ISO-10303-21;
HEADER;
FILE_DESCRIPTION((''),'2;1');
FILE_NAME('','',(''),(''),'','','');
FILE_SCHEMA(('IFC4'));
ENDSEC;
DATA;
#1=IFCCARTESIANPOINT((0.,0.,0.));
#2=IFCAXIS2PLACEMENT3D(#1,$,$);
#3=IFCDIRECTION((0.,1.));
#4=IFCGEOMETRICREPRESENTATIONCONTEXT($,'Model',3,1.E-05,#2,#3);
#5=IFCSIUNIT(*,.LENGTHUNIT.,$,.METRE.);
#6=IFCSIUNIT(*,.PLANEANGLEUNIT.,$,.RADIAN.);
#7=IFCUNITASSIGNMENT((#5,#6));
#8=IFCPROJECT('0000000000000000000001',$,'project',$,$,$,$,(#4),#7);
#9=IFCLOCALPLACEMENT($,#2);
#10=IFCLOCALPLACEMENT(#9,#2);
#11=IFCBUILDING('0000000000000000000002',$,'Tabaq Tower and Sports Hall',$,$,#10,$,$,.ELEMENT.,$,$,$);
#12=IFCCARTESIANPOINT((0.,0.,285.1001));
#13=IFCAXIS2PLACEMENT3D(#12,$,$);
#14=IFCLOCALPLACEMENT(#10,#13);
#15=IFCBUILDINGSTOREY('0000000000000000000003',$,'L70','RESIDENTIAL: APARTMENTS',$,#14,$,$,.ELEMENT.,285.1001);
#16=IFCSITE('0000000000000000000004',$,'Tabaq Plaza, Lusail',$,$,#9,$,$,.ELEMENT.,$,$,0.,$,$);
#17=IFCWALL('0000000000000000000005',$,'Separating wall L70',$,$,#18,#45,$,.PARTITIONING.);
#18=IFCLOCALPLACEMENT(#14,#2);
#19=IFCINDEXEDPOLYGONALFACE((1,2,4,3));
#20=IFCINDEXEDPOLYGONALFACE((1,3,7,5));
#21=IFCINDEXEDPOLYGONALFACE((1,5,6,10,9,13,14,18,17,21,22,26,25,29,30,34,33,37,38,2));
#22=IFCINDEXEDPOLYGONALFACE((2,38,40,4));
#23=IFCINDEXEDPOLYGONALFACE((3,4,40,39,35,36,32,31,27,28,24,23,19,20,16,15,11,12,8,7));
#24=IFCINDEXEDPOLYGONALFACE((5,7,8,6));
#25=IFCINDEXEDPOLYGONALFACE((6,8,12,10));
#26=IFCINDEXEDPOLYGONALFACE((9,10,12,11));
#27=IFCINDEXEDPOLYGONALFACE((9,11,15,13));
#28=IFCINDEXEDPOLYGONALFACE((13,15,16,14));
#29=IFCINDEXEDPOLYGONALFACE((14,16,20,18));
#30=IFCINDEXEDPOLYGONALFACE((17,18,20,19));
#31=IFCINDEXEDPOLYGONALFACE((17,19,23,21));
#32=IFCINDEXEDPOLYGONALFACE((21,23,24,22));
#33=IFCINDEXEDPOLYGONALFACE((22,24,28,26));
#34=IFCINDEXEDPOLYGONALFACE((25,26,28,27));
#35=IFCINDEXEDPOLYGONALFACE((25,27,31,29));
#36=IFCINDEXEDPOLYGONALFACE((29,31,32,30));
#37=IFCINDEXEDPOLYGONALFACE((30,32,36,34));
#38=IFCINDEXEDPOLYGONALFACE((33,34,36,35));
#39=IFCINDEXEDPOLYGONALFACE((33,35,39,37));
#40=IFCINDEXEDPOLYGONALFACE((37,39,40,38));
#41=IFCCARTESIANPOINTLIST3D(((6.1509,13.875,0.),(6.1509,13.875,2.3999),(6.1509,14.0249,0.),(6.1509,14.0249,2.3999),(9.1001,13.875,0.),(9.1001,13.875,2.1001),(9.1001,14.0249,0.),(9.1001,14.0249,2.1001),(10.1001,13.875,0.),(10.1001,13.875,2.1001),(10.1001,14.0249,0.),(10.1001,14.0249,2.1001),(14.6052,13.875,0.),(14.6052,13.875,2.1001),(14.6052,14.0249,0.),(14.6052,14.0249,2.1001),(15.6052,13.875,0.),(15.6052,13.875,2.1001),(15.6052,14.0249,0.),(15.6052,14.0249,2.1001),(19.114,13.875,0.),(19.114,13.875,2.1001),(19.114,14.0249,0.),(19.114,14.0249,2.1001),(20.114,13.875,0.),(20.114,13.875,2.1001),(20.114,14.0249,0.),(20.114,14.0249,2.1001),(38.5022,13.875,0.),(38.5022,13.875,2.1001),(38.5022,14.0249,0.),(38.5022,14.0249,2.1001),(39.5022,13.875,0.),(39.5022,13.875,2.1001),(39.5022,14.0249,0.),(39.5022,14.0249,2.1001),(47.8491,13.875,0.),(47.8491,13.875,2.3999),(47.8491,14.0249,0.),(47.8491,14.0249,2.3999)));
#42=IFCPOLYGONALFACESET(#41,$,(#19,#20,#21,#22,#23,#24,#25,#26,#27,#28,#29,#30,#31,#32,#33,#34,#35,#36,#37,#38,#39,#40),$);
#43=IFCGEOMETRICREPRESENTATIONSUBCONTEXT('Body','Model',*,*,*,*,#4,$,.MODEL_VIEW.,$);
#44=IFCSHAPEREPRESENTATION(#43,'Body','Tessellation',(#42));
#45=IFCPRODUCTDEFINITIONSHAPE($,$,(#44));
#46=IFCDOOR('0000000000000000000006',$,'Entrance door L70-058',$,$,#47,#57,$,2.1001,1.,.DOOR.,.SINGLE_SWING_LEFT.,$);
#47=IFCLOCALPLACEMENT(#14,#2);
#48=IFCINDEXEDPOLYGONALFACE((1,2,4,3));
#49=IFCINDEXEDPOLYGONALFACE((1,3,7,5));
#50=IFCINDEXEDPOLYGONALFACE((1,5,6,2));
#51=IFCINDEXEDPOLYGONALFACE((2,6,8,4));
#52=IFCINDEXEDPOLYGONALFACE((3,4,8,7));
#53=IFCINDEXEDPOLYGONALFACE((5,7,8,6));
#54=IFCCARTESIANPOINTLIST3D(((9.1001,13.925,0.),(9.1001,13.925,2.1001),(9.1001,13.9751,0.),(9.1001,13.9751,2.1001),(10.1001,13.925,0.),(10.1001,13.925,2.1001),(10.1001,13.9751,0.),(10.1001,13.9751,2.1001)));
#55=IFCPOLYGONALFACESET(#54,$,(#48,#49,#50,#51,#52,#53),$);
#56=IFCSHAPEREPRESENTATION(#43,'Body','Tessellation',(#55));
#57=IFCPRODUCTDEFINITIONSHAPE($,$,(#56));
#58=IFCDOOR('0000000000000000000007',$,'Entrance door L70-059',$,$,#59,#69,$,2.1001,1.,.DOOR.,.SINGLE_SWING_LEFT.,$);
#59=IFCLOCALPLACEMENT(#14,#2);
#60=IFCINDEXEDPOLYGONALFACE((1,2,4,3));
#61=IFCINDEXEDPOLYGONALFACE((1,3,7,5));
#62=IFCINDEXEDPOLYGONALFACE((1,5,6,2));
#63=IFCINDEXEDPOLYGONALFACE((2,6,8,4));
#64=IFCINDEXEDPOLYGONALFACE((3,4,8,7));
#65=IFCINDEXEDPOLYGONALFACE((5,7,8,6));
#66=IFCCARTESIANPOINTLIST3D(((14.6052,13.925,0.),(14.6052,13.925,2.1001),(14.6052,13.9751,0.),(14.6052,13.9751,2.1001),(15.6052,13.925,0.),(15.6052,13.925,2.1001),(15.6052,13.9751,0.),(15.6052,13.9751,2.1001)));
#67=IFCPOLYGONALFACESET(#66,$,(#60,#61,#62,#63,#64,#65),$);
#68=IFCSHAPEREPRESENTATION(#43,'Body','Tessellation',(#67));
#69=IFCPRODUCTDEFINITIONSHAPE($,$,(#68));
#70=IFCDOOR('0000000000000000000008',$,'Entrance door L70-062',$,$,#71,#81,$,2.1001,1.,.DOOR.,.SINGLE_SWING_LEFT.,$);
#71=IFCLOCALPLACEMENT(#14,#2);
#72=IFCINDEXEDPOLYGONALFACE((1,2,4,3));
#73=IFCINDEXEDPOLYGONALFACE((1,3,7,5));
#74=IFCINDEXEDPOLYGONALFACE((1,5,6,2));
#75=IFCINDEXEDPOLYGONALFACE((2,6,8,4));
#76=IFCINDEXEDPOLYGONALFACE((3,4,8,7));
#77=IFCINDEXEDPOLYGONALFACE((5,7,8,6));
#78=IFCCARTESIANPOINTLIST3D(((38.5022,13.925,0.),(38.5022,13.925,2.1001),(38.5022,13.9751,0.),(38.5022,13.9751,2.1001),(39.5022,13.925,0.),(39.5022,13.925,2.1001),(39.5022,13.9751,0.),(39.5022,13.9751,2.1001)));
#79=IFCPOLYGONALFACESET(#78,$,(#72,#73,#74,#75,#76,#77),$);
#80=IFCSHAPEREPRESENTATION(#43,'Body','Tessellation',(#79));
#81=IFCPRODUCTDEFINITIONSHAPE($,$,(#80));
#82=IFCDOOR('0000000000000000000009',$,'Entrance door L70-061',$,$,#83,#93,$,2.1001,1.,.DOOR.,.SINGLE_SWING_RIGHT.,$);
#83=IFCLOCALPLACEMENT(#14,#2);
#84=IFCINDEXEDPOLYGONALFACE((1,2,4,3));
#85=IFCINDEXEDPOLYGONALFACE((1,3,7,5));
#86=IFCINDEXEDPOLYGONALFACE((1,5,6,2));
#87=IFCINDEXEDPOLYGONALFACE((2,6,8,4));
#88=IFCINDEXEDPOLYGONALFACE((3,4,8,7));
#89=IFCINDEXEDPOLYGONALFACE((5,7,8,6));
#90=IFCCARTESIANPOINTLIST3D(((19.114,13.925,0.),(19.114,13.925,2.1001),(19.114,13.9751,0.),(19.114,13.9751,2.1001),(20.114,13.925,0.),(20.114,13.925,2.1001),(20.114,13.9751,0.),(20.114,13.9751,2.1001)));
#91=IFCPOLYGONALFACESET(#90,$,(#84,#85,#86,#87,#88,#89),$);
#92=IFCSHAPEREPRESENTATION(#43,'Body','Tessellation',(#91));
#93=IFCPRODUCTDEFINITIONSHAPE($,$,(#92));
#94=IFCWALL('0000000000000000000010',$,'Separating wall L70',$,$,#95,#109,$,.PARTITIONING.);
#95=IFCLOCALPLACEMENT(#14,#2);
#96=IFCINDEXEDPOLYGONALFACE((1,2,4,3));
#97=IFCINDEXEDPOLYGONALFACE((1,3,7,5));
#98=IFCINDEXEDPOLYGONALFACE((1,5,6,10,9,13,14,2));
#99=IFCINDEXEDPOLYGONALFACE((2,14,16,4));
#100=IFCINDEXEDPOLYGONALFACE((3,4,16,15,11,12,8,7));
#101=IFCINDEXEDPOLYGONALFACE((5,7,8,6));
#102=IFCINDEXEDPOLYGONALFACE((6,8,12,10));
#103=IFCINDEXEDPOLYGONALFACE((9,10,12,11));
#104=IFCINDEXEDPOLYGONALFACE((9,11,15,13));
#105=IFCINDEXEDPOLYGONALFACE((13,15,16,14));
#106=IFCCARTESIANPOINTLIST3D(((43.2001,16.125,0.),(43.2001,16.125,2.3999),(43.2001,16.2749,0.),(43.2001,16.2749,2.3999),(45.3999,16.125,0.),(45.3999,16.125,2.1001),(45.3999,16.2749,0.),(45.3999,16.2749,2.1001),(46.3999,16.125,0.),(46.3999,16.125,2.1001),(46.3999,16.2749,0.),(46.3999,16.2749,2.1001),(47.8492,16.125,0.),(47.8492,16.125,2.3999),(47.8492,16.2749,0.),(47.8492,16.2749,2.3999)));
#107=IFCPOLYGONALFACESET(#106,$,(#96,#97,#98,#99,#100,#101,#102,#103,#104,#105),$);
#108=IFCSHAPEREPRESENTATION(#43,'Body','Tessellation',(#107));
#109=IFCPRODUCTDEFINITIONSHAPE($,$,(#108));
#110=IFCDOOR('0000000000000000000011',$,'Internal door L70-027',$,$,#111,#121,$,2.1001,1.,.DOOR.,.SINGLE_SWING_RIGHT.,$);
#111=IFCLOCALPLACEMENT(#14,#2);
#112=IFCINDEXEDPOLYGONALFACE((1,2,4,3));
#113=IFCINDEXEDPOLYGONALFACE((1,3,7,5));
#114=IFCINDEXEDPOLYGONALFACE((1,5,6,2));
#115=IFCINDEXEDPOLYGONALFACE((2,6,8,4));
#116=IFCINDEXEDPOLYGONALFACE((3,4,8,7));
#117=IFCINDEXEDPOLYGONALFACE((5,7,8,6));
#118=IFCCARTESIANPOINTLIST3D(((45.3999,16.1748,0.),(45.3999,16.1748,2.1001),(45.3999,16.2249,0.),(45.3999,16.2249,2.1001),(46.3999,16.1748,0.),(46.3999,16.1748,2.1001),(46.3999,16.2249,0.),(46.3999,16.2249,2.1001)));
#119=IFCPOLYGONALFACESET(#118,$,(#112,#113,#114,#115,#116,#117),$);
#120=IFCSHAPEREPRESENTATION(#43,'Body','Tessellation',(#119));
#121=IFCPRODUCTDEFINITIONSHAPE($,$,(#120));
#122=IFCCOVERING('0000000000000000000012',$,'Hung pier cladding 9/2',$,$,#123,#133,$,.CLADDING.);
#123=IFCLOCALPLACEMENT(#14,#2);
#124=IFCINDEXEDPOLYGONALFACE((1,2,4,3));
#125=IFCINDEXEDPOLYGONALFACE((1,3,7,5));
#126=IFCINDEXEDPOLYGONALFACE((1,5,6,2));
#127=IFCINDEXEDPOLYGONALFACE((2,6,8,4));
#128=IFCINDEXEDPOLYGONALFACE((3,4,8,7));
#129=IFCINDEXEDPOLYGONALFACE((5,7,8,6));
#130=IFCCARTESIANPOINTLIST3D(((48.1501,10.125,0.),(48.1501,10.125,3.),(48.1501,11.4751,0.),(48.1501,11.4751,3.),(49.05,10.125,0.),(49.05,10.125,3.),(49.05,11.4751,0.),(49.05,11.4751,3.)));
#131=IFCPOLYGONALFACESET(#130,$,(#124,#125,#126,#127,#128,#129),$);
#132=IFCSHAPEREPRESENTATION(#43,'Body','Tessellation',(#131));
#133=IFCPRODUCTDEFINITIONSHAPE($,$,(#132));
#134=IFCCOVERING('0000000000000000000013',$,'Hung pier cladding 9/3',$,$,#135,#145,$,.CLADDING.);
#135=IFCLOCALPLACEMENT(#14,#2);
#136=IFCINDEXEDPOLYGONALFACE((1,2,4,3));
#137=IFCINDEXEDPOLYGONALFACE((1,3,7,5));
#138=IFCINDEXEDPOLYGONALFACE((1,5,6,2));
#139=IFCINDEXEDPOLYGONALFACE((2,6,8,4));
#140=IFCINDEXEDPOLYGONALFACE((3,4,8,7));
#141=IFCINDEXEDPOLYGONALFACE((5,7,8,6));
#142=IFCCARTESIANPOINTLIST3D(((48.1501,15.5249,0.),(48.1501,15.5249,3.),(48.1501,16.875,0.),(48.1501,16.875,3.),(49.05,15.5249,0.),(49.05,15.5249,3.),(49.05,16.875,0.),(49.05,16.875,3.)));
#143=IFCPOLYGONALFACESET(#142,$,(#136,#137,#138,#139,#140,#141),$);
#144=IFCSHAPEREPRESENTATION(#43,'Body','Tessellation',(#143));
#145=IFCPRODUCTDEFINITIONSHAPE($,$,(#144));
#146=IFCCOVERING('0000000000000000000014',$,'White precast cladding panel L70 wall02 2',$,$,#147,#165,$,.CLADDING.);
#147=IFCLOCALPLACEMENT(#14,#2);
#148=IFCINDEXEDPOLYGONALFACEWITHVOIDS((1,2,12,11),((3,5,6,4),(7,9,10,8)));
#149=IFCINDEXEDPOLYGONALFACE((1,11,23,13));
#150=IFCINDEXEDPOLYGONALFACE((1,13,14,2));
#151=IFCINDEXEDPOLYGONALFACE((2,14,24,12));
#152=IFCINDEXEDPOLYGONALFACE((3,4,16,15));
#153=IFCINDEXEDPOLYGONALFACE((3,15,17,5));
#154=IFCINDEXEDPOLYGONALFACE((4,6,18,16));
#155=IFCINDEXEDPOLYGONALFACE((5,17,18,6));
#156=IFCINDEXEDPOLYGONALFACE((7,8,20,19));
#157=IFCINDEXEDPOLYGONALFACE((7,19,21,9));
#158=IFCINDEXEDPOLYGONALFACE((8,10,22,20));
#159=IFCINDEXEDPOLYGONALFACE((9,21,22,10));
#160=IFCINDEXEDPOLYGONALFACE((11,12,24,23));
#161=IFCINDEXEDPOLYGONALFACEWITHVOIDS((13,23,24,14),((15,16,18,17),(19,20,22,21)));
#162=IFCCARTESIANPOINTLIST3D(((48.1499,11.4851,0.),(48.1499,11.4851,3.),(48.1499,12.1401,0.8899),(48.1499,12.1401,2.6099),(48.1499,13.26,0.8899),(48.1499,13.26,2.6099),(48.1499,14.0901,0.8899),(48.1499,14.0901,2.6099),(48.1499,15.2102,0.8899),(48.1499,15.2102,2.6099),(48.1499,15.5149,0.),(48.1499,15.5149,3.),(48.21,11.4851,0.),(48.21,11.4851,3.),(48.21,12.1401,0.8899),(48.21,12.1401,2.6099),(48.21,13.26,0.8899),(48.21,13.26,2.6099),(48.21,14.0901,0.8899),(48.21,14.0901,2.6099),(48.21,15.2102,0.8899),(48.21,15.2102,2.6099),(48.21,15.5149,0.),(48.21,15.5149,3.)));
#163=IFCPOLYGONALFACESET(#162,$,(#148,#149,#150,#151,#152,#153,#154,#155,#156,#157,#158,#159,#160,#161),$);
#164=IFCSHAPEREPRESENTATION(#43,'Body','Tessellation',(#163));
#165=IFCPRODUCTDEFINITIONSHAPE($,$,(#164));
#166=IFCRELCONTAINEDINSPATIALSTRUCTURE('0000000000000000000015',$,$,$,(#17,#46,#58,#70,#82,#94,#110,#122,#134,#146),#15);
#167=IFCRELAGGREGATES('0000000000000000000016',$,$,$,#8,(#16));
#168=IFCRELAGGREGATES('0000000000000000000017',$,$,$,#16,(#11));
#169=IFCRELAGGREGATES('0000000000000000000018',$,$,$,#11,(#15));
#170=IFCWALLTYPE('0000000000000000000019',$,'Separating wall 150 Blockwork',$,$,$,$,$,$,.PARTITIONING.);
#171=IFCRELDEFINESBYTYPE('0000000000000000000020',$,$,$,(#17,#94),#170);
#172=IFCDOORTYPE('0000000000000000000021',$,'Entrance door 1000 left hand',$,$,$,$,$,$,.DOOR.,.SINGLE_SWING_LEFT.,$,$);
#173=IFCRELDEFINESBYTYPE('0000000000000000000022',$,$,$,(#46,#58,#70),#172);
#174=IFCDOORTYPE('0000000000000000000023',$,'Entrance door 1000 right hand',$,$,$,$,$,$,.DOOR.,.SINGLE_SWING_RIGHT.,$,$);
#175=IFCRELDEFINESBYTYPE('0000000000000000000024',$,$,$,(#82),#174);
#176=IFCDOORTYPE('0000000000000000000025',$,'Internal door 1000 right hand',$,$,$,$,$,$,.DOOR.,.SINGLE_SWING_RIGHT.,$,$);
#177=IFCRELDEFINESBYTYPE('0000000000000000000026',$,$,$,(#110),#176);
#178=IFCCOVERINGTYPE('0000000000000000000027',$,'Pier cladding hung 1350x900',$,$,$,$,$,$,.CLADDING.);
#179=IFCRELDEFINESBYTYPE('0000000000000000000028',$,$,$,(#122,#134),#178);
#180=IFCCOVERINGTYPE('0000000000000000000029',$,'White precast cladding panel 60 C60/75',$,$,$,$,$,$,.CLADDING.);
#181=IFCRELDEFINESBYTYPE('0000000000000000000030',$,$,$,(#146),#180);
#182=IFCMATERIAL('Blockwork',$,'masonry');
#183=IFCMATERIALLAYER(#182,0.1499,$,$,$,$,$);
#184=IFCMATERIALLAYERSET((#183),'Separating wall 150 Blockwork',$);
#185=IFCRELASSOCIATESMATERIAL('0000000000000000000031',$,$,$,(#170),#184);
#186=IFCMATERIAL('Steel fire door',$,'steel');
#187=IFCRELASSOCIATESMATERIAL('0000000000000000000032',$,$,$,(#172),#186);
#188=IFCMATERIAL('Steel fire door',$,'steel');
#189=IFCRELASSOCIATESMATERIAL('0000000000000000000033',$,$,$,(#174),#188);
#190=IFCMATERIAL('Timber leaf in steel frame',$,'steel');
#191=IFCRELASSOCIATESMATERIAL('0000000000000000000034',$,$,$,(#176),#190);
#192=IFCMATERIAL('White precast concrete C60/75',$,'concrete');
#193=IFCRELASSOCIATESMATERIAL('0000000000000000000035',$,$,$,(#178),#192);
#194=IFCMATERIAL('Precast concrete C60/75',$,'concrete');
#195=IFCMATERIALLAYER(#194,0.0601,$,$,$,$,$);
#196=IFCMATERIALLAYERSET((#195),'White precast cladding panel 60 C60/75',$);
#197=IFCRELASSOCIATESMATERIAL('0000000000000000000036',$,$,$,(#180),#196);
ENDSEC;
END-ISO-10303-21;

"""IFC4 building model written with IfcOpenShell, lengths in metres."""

from ifc_helpers import new_model, si_unit, direction, frame, frame_2d, origin, place, context, subcontext, project, spatial, polyline, rectangle, outline, extrude, material, layer, layer_set, type_object, element, fill, save


model = new_model("IFC4")

# Units and contexts
model_context = context("Model", 3, precision=1e-05, world=origin(), true_north=direction((0.0, 1.0)))
body_context = subcontext(model_context, "Body", "Model", "MODEL_VIEW")
ifc_project = project(units=[si_unit("LENGTHUNIT", "METRE"), si_unit("PLANEANGLEUNIT", "RADIAN")], contexts=[model_context])

# Site, building, storey
site_placement = place(None, origin())
site = spatial("IfcSite", under=ifc_project, at=site_placement, Name="Tabaq Plaza, Lusail", CompositionType="ELEMENT", RefElevation=0.0)
building_placement = place(site_placement, origin())
building = spatial("IfcBuilding", under=site, at=building_placement, Name="Tabaq Tower and Sports Hall", CompositionType="ELEMENT")
storey_placement = place(building_placement, frame((0.0, 0.0, 285.1001)))
storey = spatial("IfcBuildingStorey", under=building, at=storey_placement, Name="L70", Description="RESIDENTIAL: APARTMENTS", CompositionType="ELEMENT", Elevation=285.1001)

# Wall, openings, doors
ifc_material_1 = material(Name="Blockwork", Category="masonry")
ifc_layer_1 = layer(ifc_material_1, 0.1499)
ifc_layer_set_1 = layer_set([ifc_layer_1], Name="Separating wall 150 Blockwork")
wall_type_1 = type_object("IfcWallType", Name="Separating wall 150 Blockwork", PredefinedType="PARTITIONING", material=ifc_layer_set_1)
wall_1_placement = place(storey_placement, frame((47.8491, 13.95, 0.0), z_axis=(0.0, 0.0, 1.0), x_axis=(-1.0, 0.0, 0.0)))
wall_1 = element("IfcWall", 1, at=wall_1_placement, inside=storey, type_object=wall_type_1, Name="Separating wall L70", PredefinedType="PARTITIONING", context=body_context, shape_type="SweptSolid", body=[
    extrude(rectangle(XDim=41.6982, YDim=0.1499, at=frame_2d((20.8491, 0.0))), origin(), (0.0, 0.0, 1.0), 2.3999),
])
opening_1_placement = place(wall_1_placement, frame((37.749, 0.0, 0.0)))
opening_1 = element("IfcOpeningElement", 2, at=opening_1_placement, cuts=wall_1, PredefinedType="OPENING", context=body_context, shape_type="SweptSolid", body=[
    extrude(rectangle(XDim=1.0, YDim=2.1001, at=frame_2d((0.5, 1.05))), frame((0.0, 0.075, 0.0), z_axis=(0.0, -1.0, 0.0), x_axis=(1.0, 0.0, 0.0)), (0.0, 0.0, 1.0), 0.1499),
])
opening_2_placement = place(wall_1_placement, frame((32.2439, 0.0, 0.0)))
opening_2 = element("IfcOpeningElement", 3, at=opening_2_placement, cuts=wall_1, PredefinedType="OPENING", context=body_context, shape_type="SweptSolid", body=[
    extrude(rectangle(XDim=1.0, YDim=2.1001, at=frame_2d((0.5, 1.05))), frame((0.0, 0.075, 0.0), z_axis=(0.0, -1.0, 0.0), x_axis=(1.0, 0.0, 0.0)), (0.0, 0.0, 1.0), 0.1499),
])
opening_3_placement = place(wall_1_placement, frame((27.7351, 0.0, 0.0)))
opening_3 = element("IfcOpeningElement", 4, at=opening_3_placement, cuts=wall_1, PredefinedType="OPENING", context=body_context, shape_type="SweptSolid", body=[
    extrude(rectangle(XDim=1.0, YDim=2.1001, at=frame_2d((0.5, 1.05))), frame((0.0, 0.075, 0.0), z_axis=(0.0, -1.0, 0.0), x_axis=(1.0, 0.0, 0.0)), (0.0, 0.0, 1.0), 0.1499),
])
opening_4_placement = place(wall_1_placement, frame((8.3469, 0.0, 0.0)))
opening_4 = element("IfcOpeningElement", 5, at=opening_4_placement, cuts=wall_1, PredefinedType="OPENING", context=body_context, shape_type="SweptSolid", body=[
    extrude(rectangle(XDim=1.0, YDim=2.1001, at=frame_2d((0.5, 1.05))), frame((0.0, 0.075, 0.0), z_axis=(0.0, -1.0, 0.0), x_axis=(1.0, 0.0, 0.0)), (0.0, 0.0, 1.0), 0.1499),
])
ifc_material_2 = material(Name="Steel fire door", Category="steel")
door_type_1 = type_object("IfcDoorType", Name="Entrance door 1000 left hand", OperationType="SINGLE_SWING_LEFT", PredefinedType="DOOR", material=ifc_material_2)
door_1_placement = place(opening_1_placement, origin())
door_1 = element("IfcDoor", 6, at=door_1_placement, inside=storey, type_object=door_type_1, Name="Entrance door L70-058", OperationType="SINGLE_SWING_LEFT", OverallHeight=2.1001, OverallWidth=1.0, PredefinedType="DOOR", context=body_context, shape_type="SweptSolid", body=[
    extrude(rectangle(XDim=1.0, YDim=2.1001, at=frame_2d((0.5, 1.05))), frame((0.0, 0.0249, 0.0), z_axis=(0.0, -1.0, 0.0), x_axis=(1.0, 0.0, 0.0)), (0.0, 0.0, 1.0), 0.05),
])
fill(opening_1, door_1)
door_2_placement = place(opening_2_placement, origin())
door_2 = element("IfcDoor", 7, at=door_2_placement, inside=storey, type_object=door_type_1, Name="Entrance door L70-059", OperationType="SINGLE_SWING_LEFT", OverallHeight=2.1001, OverallWidth=1.0, PredefinedType="DOOR", context=body_context, shape_type="SweptSolid", body=[
    extrude(rectangle(XDim=1.0, YDim=2.1001, at=frame_2d((0.5, 1.05))), frame((0.0, 0.0249, 0.0), z_axis=(0.0, -1.0, 0.0), x_axis=(1.0, 0.0, 0.0)), (0.0, 0.0, 1.0), 0.05),
])
fill(opening_2, door_2)
door_3_placement = place(opening_4_placement, origin())
door_3 = element("IfcDoor", 8, at=door_3_placement, inside=storey, type_object=door_type_1, Name="Entrance door L70-062", OperationType="SINGLE_SWING_LEFT", OverallHeight=2.1001, OverallWidth=1.0, PredefinedType="DOOR", context=body_context, shape_type="SweptSolid", body=[
    extrude(rectangle(XDim=1.0, YDim=2.1001, at=frame_2d((0.5, 1.05))), frame((0.0, 0.0249, 0.0), z_axis=(0.0, -1.0, 0.0), x_axis=(1.0, 0.0, 0.0)), (0.0, 0.0, 1.0), 0.05),
])
fill(opening_4, door_3)
ifc_material_3 = material(Name="Steel fire door", Category="steel")
door_type_2 = type_object("IfcDoorType", Name="Entrance door 1000 right hand", OperationType="SINGLE_SWING_RIGHT", PredefinedType="DOOR", material=ifc_material_3)
door_4_placement = place(opening_3_placement, origin())
door_4 = element("IfcDoor", 9, at=door_4_placement, inside=storey, type_object=door_type_2, Name="Entrance door L70-061", OperationType="SINGLE_SWING_RIGHT", OverallHeight=2.1001, OverallWidth=1.0, PredefinedType="DOOR", context=body_context, shape_type="SweptSolid", body=[
    extrude(rectangle(XDim=1.0, YDim=2.1001, at=frame_2d((0.5, 1.05))), frame((0.0, 0.0249, 0.0), z_axis=(0.0, -1.0, 0.0), x_axis=(1.0, 0.0, 0.0)), (0.0, 0.0, 1.0), 0.05),
])
fill(opening_3, door_4)

# Wall, opening, door
wall_2_placement = place(storey_placement, frame((43.2, 16.2, 0.0), z_axis=(0.0, 0.0, 1.0), x_axis=(1.0, 0.0, 0.0)))
wall_2 = element("IfcWall", 10, at=wall_2_placement, inside=storey, type_object=wall_type_1, Name="Separating wall L70", PredefinedType="PARTITIONING", context=body_context, shape_type="SweptSolid", body=[
    extrude(rectangle(XDim=4.6492, YDim=0.1499, at=frame_2d((2.3247, 0.0))), origin(), (0.0, 0.0, 1.0), 2.3999),
])
opening_5_placement = place(wall_2_placement, frame((2.2, 0.0, 0.0)))
opening_5 = element("IfcOpeningElement", 11, at=opening_5_placement, cuts=wall_2, PredefinedType="OPENING", context=body_context, shape_type="SweptSolid", body=[
    extrude(rectangle(XDim=1.0, YDim=2.1001, at=frame_2d((0.5, 1.05))), frame((0.0, 0.075, 0.0), z_axis=(0.0, -1.0, 0.0), x_axis=(1.0, 0.0, 0.0)), (0.0, 0.0, 1.0), 0.1499),
])
ifc_material_4 = material(Name="Timber leaf in steel frame", Category="steel")
door_type_3 = type_object("IfcDoorType", Name="Internal door 1000 right hand", OperationType="SINGLE_SWING_RIGHT", PredefinedType="DOOR", material=ifc_material_4)
door_5_placement = place(opening_5_placement, origin())
door_5 = element("IfcDoor", 12, at=door_5_placement, inside=storey, type_object=door_type_3, Name="Internal door L70-027", OperationType="SINGLE_SWING_RIGHT", OverallHeight=2.1001, OverallWidth=1.0, PredefinedType="DOOR", context=body_context, shape_type="SweptSolid", body=[
    extrude(rectangle(XDim=1.0, YDim=2.1001, at=frame_2d((0.5, 1.05))), frame((0.0, 0.0249, 0.0), z_axis=(0.0, -1.0, 0.0), x_axis=(1.0, 0.0, 0.0)), (0.0, 0.0, 1.0), 0.05),
])
fill(opening_5, door_5)

# Coverings
ifc_material_5 = material(Name="White precast concrete C60/75", Category="concrete")
covering_type_1 = type_object("IfcCoveringType", Name="Pier cladding hung 1350x900", PredefinedType="CLADDING", material=ifc_material_5)
for number, where, z_axis, x_axis, name in (
    (13, (48.6001, 10.125, 0.0), (0.0, 0.0, 1.0), (0.0, 1.0, 0.0), "Hung pier cladding 9/2"),
    (14, (48.6001, 15.5249, 0.0), (0.0, 0.0, 1.0), (0.0, 1.0, 0.0), "Hung pier cladding 9/3"),
):
    element("IfcCovering", number, at=place(storey_placement, frame(where, z_axis=z_axis, x_axis=x_axis)), inside=storey, type_object=covering_type_1, Name=name, PredefinedType="CLADDING", context=body_context, shape_type="SweptSolid", body=[
        extrude(rectangle(XDim=1.3501, YDim=0.8999, at=frame_2d((0.675, 0.0))), origin(), (0.0, 0.0, 1.0), 3.0),
    ])
ifc_material_6 = material(Name="Precast concrete C60/75", Category="concrete")
ifc_layer_2 = layer(ifc_material_6, 0.0601)
ifc_layer_set_2 = layer_set([ifc_layer_2], Name="White precast cladding panel 60 C60/75")
covering_type_2 = type_object("IfcCoveringType", Name="White precast cladding panel 60 C60/75", PredefinedType="CLADDING", material=ifc_layer_set_2)
covering_1_placement = place(storey_placement, frame((48.1799, 11.4851, 0.0), z_axis=(0.0, 0.0, 1.0), x_axis=(0.0, 1.0, 0.0)))
element("IfcCovering", 15, at=covering_1_placement, inside=storey, type_object=covering_type_2, Name="White precast cladding panel L70 wall02 2", PredefinedType="CLADDING", context=body_context, shape_type="SweptSolid", body=[
    extrude(outline(polyline([(0.0, 0.0), (4.0298, 0.0), (4.0298, 3.0), (0.0, 3.0), (0.0, 0.0)]), holes=[polyline([(0.655, 2.6099), (1.7749, 2.6099), (1.7749, 0.8899), (0.655, 0.8899), (0.655, 2.6099)]), polyline([(2.605, 2.6099), (3.7251, 2.6099), (3.7251, 0.8899), (2.605, 0.8899), (2.605, 2.6099)])]), frame((0.0, 0.03, 0.0), z_axis=(0.0, -1.0, 0.0), x_axis=(1.0, 0.0, 0.0)), (0.0, 0.0, 1.0), 0.0601),
])

save(model, "model.ifc")
